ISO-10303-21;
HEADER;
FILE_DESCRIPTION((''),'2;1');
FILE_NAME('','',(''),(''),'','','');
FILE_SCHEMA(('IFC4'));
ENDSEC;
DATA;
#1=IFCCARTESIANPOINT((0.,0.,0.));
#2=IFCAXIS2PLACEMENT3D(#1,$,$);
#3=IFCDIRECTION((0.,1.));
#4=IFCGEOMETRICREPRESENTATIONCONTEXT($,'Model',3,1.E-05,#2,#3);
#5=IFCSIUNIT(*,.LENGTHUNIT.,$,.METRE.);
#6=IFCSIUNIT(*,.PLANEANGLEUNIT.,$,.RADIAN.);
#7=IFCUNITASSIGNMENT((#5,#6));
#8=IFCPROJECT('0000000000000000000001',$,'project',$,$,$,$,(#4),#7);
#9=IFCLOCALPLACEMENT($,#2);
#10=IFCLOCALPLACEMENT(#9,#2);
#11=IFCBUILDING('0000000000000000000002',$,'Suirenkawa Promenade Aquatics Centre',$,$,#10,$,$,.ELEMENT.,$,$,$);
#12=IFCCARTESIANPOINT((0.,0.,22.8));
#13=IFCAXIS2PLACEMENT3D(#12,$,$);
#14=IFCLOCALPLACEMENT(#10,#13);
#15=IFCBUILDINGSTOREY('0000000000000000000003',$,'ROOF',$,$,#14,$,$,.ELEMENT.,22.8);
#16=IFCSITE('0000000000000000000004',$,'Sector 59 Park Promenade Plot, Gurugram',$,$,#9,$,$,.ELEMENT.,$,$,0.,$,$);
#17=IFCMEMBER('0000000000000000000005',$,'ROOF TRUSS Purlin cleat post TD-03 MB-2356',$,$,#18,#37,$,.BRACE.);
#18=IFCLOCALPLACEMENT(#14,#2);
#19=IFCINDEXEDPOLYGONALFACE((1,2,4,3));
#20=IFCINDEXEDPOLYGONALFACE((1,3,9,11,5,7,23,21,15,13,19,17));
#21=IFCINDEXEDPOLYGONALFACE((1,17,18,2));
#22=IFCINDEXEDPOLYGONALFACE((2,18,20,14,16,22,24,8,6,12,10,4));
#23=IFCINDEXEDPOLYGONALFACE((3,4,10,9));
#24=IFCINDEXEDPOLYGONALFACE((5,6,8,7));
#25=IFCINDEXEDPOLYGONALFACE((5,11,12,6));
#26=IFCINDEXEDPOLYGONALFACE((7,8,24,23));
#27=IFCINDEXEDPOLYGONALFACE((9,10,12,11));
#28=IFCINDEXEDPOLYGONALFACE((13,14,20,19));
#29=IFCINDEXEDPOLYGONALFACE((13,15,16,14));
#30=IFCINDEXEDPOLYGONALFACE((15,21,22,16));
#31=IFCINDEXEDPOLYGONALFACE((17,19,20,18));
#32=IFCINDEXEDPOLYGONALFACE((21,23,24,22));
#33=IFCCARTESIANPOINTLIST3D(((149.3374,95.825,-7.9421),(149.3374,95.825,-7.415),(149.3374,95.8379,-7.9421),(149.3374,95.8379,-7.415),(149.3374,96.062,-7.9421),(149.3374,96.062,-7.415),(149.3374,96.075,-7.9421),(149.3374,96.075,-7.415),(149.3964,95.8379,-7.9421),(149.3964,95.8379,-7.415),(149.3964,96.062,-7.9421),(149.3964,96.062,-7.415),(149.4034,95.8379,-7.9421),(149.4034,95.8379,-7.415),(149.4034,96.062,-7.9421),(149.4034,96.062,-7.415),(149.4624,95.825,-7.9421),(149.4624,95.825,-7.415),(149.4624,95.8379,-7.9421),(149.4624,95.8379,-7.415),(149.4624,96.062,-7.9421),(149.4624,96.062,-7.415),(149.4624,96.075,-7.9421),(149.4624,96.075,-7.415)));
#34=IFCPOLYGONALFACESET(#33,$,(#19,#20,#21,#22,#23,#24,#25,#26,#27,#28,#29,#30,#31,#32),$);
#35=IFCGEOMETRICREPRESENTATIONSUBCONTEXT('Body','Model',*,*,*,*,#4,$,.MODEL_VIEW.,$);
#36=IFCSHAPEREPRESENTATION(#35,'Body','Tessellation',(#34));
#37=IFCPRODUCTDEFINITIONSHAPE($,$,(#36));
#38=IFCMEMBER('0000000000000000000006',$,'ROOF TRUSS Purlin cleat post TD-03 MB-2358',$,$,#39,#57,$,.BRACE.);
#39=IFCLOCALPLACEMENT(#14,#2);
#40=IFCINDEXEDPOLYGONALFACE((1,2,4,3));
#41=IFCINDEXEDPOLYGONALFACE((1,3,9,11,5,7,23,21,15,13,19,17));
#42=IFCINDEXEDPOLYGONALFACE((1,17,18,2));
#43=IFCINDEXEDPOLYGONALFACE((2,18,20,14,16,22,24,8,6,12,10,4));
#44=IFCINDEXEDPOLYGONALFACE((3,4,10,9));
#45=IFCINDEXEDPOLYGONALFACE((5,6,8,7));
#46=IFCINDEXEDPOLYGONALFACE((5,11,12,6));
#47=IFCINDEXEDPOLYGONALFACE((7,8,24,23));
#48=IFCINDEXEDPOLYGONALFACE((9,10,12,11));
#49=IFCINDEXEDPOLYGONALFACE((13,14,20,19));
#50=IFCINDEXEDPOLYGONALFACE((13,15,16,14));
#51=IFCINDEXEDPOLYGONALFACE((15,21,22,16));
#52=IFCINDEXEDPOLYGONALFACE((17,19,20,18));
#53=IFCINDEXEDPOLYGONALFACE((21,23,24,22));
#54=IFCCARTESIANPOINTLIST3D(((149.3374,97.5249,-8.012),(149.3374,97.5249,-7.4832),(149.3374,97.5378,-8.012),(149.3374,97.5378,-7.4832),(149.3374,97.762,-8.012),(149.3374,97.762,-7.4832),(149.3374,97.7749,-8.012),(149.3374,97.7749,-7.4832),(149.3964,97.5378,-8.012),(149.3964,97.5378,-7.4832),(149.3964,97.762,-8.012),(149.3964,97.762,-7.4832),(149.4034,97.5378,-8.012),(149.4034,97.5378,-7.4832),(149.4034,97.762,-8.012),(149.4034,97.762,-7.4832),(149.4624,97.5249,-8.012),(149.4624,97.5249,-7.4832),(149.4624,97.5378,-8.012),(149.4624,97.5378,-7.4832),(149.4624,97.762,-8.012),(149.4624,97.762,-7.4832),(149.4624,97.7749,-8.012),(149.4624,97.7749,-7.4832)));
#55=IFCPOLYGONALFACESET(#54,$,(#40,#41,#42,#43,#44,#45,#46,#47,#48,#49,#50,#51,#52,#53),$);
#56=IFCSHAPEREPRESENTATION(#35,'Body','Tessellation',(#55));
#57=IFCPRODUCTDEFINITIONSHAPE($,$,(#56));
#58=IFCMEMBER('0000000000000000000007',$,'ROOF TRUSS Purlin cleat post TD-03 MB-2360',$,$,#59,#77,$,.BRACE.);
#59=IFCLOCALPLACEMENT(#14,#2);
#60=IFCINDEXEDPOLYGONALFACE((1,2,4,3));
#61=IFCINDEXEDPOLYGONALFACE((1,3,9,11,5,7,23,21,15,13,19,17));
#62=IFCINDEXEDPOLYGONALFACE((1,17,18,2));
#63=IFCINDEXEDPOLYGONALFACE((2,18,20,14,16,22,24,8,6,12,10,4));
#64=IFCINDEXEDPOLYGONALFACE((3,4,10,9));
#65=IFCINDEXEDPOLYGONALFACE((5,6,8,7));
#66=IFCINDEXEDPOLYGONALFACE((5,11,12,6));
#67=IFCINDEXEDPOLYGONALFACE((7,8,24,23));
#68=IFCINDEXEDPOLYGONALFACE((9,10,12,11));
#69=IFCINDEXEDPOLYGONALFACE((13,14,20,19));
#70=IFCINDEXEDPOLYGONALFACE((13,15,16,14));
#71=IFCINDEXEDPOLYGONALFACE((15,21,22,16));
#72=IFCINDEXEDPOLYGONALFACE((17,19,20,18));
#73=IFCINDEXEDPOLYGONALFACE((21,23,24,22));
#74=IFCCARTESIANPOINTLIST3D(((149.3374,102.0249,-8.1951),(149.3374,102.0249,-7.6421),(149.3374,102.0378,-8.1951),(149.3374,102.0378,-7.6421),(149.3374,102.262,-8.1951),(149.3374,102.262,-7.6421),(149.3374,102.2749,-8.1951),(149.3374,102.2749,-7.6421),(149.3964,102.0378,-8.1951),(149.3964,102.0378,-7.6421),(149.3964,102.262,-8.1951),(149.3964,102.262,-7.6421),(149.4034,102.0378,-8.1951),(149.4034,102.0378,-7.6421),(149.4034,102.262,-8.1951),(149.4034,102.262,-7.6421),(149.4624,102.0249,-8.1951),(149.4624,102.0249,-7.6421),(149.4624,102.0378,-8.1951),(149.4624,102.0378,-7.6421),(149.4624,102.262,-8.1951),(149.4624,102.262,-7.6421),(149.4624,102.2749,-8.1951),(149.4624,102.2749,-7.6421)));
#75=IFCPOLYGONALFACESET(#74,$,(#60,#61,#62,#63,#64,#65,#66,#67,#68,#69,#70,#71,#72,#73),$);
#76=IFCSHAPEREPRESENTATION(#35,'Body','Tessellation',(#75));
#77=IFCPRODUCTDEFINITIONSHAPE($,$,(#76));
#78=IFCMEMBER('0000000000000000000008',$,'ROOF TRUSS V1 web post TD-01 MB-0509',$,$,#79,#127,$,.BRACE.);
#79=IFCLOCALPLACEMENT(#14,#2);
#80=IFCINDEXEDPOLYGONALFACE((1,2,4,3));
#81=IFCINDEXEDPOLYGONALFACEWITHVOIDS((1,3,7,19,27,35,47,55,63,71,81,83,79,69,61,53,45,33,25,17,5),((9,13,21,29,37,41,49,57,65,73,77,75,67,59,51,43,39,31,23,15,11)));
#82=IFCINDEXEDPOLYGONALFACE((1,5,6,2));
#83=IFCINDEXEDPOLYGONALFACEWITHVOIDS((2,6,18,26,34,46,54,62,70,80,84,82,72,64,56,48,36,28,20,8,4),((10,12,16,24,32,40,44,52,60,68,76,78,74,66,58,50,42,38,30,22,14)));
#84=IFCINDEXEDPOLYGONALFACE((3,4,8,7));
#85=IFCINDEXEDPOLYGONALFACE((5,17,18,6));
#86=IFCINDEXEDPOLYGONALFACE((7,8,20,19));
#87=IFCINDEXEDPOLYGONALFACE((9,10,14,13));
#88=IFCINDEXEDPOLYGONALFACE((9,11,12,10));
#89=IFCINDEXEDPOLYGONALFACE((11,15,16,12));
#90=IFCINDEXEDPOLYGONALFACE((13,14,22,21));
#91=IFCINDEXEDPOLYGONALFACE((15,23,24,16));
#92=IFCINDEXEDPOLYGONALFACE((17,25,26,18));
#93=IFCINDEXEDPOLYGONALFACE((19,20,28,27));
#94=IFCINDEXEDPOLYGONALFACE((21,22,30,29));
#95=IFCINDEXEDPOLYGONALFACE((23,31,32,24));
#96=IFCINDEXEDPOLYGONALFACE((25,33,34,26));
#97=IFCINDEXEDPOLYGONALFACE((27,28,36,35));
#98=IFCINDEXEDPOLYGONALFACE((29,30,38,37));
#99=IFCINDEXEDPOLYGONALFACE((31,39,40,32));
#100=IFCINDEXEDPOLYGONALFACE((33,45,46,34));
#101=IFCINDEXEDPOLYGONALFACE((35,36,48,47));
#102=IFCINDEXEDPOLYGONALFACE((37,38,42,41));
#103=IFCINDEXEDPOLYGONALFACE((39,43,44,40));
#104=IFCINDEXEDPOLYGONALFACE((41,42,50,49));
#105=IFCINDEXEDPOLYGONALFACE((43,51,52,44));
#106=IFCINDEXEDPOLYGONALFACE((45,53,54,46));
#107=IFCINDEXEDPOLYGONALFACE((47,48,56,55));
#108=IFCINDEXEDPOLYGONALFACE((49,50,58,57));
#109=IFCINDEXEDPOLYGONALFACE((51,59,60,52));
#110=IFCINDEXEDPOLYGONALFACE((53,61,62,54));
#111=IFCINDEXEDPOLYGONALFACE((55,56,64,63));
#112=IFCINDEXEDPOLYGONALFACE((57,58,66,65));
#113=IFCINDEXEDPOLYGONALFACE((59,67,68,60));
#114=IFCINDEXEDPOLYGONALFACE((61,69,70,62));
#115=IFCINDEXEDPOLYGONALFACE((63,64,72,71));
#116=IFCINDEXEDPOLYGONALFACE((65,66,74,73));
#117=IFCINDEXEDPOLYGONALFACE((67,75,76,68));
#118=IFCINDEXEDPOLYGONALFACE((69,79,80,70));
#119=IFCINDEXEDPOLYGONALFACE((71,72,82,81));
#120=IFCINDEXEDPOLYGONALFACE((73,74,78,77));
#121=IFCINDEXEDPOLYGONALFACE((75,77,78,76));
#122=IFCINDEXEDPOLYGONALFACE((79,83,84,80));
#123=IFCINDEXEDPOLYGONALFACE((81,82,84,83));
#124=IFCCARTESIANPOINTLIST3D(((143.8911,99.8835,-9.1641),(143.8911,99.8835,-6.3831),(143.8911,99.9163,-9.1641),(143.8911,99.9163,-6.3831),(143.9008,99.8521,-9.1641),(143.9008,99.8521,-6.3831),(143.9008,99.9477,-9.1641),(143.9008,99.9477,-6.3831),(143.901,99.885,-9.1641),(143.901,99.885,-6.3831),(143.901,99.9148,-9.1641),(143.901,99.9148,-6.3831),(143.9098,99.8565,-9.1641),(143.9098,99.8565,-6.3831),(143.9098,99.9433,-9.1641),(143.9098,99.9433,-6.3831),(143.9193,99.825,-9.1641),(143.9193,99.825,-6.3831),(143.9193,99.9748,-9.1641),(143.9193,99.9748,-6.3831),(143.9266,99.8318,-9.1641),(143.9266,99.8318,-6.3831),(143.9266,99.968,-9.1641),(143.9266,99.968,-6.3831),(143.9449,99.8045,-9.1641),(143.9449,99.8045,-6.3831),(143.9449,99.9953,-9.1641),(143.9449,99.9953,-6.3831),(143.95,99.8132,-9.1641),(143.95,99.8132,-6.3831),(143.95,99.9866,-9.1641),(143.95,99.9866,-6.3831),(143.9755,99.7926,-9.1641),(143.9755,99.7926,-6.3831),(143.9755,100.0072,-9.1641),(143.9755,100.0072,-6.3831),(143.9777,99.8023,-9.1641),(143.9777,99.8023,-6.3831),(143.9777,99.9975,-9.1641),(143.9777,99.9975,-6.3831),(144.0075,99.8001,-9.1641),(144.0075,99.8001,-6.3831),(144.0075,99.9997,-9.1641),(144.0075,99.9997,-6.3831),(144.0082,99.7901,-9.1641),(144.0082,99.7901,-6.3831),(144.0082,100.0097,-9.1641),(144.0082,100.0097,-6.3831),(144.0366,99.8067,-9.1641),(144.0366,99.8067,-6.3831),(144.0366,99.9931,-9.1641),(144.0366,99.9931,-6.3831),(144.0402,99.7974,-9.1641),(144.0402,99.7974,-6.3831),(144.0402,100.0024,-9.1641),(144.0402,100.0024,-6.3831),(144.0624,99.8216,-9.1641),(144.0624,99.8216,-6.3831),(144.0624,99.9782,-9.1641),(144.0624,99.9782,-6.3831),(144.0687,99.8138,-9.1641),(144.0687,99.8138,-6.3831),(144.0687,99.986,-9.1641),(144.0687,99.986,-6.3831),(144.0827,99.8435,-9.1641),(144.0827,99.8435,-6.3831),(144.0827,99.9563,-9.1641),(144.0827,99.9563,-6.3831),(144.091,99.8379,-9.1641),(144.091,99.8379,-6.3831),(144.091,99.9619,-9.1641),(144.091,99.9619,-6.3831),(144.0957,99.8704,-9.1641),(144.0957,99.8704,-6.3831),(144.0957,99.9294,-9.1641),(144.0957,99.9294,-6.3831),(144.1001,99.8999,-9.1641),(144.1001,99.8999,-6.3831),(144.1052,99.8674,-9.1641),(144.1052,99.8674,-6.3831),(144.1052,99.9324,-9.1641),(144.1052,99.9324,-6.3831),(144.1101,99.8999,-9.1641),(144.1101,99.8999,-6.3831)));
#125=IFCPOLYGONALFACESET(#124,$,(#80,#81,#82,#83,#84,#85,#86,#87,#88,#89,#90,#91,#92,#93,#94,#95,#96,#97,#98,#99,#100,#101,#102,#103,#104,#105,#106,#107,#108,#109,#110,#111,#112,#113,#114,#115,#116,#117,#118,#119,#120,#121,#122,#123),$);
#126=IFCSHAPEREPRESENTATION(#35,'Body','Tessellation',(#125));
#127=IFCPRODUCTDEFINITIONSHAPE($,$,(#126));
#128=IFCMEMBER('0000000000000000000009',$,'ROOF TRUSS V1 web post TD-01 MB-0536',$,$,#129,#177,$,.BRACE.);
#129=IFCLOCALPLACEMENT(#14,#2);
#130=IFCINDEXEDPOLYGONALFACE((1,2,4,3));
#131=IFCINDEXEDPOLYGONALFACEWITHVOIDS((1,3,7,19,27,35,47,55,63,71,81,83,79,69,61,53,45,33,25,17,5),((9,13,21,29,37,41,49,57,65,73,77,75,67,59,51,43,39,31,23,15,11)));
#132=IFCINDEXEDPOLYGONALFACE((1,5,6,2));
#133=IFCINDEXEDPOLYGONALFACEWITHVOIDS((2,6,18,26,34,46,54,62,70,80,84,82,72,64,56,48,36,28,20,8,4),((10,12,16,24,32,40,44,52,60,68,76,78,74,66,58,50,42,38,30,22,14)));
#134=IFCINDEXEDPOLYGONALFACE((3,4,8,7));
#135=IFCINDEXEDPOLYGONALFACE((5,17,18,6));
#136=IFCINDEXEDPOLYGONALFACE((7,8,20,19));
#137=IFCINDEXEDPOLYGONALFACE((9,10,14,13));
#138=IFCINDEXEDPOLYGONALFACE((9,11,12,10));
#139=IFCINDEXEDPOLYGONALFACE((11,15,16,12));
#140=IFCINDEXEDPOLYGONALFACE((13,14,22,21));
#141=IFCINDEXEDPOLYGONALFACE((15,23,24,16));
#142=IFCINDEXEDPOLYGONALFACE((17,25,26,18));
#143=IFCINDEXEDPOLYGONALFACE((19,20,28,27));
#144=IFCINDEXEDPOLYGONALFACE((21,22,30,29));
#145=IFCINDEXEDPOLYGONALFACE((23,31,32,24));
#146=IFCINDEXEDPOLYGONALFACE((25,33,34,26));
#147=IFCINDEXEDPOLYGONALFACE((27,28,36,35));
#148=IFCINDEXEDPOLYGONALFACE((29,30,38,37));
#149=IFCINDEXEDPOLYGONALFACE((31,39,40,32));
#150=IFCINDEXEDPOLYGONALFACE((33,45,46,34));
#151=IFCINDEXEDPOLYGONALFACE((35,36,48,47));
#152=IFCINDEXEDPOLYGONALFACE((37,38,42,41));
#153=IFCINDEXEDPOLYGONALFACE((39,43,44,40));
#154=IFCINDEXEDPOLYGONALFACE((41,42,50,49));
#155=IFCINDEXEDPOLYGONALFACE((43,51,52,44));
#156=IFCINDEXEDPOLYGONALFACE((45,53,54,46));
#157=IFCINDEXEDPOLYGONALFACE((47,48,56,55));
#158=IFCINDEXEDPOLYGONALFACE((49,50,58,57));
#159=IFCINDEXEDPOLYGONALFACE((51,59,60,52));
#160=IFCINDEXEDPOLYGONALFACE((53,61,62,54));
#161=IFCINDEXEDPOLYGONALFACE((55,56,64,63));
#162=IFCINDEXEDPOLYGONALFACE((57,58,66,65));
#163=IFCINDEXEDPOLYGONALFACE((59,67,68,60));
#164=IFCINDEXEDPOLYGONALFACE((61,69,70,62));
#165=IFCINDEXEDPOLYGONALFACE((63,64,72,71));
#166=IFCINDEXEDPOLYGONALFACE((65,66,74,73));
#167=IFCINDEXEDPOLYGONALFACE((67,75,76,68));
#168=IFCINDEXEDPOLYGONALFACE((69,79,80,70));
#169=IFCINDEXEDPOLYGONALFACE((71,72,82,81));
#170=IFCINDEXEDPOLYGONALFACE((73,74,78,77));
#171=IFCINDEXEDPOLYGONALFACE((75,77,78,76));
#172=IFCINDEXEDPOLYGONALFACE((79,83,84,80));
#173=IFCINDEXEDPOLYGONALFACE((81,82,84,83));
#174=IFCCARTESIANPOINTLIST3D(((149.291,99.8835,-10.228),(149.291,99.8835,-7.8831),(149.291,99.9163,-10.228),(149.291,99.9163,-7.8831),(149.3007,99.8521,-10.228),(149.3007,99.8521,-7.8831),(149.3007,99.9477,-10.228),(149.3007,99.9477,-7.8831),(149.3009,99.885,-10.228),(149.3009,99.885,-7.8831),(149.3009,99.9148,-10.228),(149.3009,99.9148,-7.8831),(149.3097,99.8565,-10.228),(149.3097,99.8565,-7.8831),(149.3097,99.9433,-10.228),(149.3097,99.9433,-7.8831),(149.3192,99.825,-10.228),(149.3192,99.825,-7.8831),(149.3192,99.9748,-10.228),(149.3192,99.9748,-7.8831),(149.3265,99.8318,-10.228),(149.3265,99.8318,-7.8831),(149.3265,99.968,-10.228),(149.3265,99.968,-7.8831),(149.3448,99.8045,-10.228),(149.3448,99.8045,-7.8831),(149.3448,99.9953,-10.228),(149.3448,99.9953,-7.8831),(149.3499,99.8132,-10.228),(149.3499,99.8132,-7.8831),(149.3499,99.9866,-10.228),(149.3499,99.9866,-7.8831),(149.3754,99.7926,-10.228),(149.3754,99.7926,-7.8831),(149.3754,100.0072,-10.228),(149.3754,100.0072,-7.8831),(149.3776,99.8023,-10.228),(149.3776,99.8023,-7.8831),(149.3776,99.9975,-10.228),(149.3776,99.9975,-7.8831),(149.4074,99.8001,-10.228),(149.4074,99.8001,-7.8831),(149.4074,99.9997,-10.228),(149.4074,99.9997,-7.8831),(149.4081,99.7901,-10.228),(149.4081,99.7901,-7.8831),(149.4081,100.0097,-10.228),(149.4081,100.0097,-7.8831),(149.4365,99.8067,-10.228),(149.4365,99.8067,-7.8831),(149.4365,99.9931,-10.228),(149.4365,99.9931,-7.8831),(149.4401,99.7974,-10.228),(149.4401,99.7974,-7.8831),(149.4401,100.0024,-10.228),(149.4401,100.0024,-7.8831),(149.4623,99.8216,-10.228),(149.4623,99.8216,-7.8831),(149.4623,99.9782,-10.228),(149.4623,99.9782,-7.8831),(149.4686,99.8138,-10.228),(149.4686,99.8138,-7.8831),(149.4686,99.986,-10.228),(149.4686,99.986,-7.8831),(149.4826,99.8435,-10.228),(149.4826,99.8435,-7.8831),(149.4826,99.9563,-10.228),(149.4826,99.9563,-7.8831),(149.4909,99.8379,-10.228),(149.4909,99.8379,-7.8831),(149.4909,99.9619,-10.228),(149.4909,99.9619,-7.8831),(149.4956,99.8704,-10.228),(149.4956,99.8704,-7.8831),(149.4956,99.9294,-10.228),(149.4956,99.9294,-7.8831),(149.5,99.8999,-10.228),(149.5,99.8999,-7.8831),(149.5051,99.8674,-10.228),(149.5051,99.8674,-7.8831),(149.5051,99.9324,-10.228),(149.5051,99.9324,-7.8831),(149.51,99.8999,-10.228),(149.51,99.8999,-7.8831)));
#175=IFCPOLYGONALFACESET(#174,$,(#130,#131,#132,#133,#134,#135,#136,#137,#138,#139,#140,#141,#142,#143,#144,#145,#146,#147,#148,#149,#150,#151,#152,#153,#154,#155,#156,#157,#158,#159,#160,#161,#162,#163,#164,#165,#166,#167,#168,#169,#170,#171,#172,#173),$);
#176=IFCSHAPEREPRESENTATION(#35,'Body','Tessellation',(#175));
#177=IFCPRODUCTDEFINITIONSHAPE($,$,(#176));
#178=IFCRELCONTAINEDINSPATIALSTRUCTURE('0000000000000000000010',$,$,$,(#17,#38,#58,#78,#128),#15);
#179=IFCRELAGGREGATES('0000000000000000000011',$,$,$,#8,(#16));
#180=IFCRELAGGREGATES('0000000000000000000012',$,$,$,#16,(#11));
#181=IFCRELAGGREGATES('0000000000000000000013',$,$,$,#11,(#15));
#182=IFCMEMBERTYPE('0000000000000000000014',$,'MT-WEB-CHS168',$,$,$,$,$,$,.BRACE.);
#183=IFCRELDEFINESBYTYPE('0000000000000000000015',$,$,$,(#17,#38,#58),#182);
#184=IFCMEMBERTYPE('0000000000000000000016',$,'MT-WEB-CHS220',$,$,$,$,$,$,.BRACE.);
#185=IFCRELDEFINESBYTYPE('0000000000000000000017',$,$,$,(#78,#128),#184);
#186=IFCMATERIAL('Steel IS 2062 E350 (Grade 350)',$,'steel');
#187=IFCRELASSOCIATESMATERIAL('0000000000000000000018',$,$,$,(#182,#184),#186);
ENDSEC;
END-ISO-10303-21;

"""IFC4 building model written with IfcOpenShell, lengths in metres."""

from ifc_helpers import new_model, si_unit, direction, frame, origin, origin_2d, place, context, subcontext, project, spatial, hollow_circle, i_section, extrude, material, material_profile, profile_set, type_object, element, save


model = new_model("IFC4")

# Units and contexts
model_context = context("Model", 3, precision=1e-05, world=origin(), true_north=direction((0.0, 1.0)))
body_context = subcontext(model_context, "Body", "Model", "MODEL_VIEW")
ifc_project = project(units=[si_unit("LENGTHUNIT", "METRE"), si_unit("PLANEANGLEUNIT", "RADIAN")], contexts=[model_context])

# Site, building, storey
site_placement = place(None, origin())
site = spatial("IfcSite", under=ifc_project, at=site_placement, Name="Sector 59 Park Promenade Plot, Gurugram", CompositionType="ELEMENT", RefElevation=0.0)
building_placement = place(site_placement, origin())
building = spatial("IfcBuilding", under=site, at=building_placement, Name="Suirenkawa Promenade Aquatics Centre", CompositionType="ELEMENT")
storey_placement = place(building_placement, frame((0.0, 0.0, 22.8)))
storey = spatial("IfcBuildingStorey", under=building, at=storey_placement, Name="ROOF", CompositionType="ELEMENT", Elevation=22.8)

# Shared definitions
ifc_material_1 = material(Name="Steel IS 2062 E350 (Grade 350)", Category="steel")

# Members
ifc_material_profile_1 = material_profile(ifc_material_1, i_section(OverallWidth=0.125, OverallDepth=0.25, WebThickness=0.0071, FlangeThickness=0.0129, at=origin_2d()), Name="ISMB 250", Category="steel")
ifc_profile_set_1 = profile_set([ifc_material_profile_1], Name="Steel IS 2062 E350 (Grade 350)")
member_type_1 = type_object("IfcMemberType", Name="MT-WEB-CHS168", PredefinedType="BRACE", material=ifc_profile_set_1)
member_1_placement = place(storey_placement, frame((149.3999, 95.95, -7.9421), z_axis=(0.0, 0.0, 1.0), x_axis=(1.0, 0.0, 0.0)))
element("IfcMember", 1, at=member_1_placement, inside=storey, type_object=member_type_1, Name="ROOF TRUSS Purlin cleat post TD-03 MB-2356", PredefinedType="BRACE", context=body_context, shape_type="SweptSolid", body=[
    extrude(i_section(OverallWidth=0.125, OverallDepth=0.25, WebThickness=0.0071, FlangeThickness=0.0129, at=origin_2d()), origin(), (0.0, 0.0, 1.0), 0.5271),
])
member_2_placement = place(storey_placement, frame((149.3999, 97.6499, -8.012), z_axis=(0.0, 0.0, 1.0), x_axis=(1.0, 0.0, 0.0)))
element("IfcMember", 2, at=member_2_placement, inside=storey, type_object=member_type_1, Name="ROOF TRUSS Purlin cleat post TD-03 MB-2358", PredefinedType="BRACE", context=body_context, shape_type="SweptSolid", body=[
    extrude(i_section(OverallWidth=0.125, OverallDepth=0.25, WebThickness=0.0071, FlangeThickness=0.0129, at=origin_2d()), origin(), (0.0, 0.0, 1.0), 0.5288),
])
member_3_placement = place(storey_placement, frame((149.3999, 102.1499, -8.1951), z_axis=(0.0, 0.0, 1.0), x_axis=(1.0, 0.0, 0.0)))
element("IfcMember", 3, at=member_3_placement, inside=storey, type_object=member_type_1, Name="ROOF TRUSS Purlin cleat post TD-03 MB-2360", PredefinedType="BRACE", context=body_context, shape_type="SweptSolid", body=[
    extrude(i_section(OverallWidth=0.125, OverallDepth=0.25, WebThickness=0.0071, FlangeThickness=0.0129, at=origin_2d()), origin(), (0.0, 0.0, 1.0), 0.553),
])
ifc_material_profile_2 = material_profile(ifc_material_1, hollow_circle(Radius=0.1101, WallThickness=0.01, at=origin_2d()), Name="CHS 220x10", Category="steel")
ifc_profile_set_2 = profile_set([ifc_material_profile_2], Name="Steel IS 2062 E350 (Grade 350)")
member_type_2 = type_object("IfcMemberType", Name="MT-WEB-CHS220", PredefinedType="BRACE", material=ifc_profile_set_2)
member_4_placement = place(storey_placement, frame((144.0, 99.8999, -9.1641), z_axis=(0.0, 0.0, 1.0), x_axis=(1.0, 0.0, 0.0)))
element("IfcMember", 4, at=member_4_placement, inside=storey, type_object=member_type_2, Name="ROOF TRUSS V1 web post TD-01 MB-0509", PredefinedType="BRACE", context=body_context, shape_type="SweptSolid", body=[
    extrude(hollow_circle(Radius=0.1101, WallThickness=0.01, at=origin_2d()), origin(), (0.0, 0.0, 1.0), 2.781),
])
member_5_placement = place(storey_placement, frame((149.3999, 99.8999, -10.228), z_axis=(0.0, 0.0, 1.0), x_axis=(1.0, 0.0, 0.0)))
element("IfcMember", 5, at=member_5_placement, inside=storey, type_object=member_type_2, Name="ROOF TRUSS V1 web post TD-01 MB-0536", PredefinedType="BRACE", context=body_context, shape_type="SweptSolid", body=[
    extrude(hollow_circle(Radius=0.1101, WallThickness=0.01, at=origin_2d()), origin(), (0.0, 0.0, 1.0), 2.345),
])

save(model, "model.ifc")
